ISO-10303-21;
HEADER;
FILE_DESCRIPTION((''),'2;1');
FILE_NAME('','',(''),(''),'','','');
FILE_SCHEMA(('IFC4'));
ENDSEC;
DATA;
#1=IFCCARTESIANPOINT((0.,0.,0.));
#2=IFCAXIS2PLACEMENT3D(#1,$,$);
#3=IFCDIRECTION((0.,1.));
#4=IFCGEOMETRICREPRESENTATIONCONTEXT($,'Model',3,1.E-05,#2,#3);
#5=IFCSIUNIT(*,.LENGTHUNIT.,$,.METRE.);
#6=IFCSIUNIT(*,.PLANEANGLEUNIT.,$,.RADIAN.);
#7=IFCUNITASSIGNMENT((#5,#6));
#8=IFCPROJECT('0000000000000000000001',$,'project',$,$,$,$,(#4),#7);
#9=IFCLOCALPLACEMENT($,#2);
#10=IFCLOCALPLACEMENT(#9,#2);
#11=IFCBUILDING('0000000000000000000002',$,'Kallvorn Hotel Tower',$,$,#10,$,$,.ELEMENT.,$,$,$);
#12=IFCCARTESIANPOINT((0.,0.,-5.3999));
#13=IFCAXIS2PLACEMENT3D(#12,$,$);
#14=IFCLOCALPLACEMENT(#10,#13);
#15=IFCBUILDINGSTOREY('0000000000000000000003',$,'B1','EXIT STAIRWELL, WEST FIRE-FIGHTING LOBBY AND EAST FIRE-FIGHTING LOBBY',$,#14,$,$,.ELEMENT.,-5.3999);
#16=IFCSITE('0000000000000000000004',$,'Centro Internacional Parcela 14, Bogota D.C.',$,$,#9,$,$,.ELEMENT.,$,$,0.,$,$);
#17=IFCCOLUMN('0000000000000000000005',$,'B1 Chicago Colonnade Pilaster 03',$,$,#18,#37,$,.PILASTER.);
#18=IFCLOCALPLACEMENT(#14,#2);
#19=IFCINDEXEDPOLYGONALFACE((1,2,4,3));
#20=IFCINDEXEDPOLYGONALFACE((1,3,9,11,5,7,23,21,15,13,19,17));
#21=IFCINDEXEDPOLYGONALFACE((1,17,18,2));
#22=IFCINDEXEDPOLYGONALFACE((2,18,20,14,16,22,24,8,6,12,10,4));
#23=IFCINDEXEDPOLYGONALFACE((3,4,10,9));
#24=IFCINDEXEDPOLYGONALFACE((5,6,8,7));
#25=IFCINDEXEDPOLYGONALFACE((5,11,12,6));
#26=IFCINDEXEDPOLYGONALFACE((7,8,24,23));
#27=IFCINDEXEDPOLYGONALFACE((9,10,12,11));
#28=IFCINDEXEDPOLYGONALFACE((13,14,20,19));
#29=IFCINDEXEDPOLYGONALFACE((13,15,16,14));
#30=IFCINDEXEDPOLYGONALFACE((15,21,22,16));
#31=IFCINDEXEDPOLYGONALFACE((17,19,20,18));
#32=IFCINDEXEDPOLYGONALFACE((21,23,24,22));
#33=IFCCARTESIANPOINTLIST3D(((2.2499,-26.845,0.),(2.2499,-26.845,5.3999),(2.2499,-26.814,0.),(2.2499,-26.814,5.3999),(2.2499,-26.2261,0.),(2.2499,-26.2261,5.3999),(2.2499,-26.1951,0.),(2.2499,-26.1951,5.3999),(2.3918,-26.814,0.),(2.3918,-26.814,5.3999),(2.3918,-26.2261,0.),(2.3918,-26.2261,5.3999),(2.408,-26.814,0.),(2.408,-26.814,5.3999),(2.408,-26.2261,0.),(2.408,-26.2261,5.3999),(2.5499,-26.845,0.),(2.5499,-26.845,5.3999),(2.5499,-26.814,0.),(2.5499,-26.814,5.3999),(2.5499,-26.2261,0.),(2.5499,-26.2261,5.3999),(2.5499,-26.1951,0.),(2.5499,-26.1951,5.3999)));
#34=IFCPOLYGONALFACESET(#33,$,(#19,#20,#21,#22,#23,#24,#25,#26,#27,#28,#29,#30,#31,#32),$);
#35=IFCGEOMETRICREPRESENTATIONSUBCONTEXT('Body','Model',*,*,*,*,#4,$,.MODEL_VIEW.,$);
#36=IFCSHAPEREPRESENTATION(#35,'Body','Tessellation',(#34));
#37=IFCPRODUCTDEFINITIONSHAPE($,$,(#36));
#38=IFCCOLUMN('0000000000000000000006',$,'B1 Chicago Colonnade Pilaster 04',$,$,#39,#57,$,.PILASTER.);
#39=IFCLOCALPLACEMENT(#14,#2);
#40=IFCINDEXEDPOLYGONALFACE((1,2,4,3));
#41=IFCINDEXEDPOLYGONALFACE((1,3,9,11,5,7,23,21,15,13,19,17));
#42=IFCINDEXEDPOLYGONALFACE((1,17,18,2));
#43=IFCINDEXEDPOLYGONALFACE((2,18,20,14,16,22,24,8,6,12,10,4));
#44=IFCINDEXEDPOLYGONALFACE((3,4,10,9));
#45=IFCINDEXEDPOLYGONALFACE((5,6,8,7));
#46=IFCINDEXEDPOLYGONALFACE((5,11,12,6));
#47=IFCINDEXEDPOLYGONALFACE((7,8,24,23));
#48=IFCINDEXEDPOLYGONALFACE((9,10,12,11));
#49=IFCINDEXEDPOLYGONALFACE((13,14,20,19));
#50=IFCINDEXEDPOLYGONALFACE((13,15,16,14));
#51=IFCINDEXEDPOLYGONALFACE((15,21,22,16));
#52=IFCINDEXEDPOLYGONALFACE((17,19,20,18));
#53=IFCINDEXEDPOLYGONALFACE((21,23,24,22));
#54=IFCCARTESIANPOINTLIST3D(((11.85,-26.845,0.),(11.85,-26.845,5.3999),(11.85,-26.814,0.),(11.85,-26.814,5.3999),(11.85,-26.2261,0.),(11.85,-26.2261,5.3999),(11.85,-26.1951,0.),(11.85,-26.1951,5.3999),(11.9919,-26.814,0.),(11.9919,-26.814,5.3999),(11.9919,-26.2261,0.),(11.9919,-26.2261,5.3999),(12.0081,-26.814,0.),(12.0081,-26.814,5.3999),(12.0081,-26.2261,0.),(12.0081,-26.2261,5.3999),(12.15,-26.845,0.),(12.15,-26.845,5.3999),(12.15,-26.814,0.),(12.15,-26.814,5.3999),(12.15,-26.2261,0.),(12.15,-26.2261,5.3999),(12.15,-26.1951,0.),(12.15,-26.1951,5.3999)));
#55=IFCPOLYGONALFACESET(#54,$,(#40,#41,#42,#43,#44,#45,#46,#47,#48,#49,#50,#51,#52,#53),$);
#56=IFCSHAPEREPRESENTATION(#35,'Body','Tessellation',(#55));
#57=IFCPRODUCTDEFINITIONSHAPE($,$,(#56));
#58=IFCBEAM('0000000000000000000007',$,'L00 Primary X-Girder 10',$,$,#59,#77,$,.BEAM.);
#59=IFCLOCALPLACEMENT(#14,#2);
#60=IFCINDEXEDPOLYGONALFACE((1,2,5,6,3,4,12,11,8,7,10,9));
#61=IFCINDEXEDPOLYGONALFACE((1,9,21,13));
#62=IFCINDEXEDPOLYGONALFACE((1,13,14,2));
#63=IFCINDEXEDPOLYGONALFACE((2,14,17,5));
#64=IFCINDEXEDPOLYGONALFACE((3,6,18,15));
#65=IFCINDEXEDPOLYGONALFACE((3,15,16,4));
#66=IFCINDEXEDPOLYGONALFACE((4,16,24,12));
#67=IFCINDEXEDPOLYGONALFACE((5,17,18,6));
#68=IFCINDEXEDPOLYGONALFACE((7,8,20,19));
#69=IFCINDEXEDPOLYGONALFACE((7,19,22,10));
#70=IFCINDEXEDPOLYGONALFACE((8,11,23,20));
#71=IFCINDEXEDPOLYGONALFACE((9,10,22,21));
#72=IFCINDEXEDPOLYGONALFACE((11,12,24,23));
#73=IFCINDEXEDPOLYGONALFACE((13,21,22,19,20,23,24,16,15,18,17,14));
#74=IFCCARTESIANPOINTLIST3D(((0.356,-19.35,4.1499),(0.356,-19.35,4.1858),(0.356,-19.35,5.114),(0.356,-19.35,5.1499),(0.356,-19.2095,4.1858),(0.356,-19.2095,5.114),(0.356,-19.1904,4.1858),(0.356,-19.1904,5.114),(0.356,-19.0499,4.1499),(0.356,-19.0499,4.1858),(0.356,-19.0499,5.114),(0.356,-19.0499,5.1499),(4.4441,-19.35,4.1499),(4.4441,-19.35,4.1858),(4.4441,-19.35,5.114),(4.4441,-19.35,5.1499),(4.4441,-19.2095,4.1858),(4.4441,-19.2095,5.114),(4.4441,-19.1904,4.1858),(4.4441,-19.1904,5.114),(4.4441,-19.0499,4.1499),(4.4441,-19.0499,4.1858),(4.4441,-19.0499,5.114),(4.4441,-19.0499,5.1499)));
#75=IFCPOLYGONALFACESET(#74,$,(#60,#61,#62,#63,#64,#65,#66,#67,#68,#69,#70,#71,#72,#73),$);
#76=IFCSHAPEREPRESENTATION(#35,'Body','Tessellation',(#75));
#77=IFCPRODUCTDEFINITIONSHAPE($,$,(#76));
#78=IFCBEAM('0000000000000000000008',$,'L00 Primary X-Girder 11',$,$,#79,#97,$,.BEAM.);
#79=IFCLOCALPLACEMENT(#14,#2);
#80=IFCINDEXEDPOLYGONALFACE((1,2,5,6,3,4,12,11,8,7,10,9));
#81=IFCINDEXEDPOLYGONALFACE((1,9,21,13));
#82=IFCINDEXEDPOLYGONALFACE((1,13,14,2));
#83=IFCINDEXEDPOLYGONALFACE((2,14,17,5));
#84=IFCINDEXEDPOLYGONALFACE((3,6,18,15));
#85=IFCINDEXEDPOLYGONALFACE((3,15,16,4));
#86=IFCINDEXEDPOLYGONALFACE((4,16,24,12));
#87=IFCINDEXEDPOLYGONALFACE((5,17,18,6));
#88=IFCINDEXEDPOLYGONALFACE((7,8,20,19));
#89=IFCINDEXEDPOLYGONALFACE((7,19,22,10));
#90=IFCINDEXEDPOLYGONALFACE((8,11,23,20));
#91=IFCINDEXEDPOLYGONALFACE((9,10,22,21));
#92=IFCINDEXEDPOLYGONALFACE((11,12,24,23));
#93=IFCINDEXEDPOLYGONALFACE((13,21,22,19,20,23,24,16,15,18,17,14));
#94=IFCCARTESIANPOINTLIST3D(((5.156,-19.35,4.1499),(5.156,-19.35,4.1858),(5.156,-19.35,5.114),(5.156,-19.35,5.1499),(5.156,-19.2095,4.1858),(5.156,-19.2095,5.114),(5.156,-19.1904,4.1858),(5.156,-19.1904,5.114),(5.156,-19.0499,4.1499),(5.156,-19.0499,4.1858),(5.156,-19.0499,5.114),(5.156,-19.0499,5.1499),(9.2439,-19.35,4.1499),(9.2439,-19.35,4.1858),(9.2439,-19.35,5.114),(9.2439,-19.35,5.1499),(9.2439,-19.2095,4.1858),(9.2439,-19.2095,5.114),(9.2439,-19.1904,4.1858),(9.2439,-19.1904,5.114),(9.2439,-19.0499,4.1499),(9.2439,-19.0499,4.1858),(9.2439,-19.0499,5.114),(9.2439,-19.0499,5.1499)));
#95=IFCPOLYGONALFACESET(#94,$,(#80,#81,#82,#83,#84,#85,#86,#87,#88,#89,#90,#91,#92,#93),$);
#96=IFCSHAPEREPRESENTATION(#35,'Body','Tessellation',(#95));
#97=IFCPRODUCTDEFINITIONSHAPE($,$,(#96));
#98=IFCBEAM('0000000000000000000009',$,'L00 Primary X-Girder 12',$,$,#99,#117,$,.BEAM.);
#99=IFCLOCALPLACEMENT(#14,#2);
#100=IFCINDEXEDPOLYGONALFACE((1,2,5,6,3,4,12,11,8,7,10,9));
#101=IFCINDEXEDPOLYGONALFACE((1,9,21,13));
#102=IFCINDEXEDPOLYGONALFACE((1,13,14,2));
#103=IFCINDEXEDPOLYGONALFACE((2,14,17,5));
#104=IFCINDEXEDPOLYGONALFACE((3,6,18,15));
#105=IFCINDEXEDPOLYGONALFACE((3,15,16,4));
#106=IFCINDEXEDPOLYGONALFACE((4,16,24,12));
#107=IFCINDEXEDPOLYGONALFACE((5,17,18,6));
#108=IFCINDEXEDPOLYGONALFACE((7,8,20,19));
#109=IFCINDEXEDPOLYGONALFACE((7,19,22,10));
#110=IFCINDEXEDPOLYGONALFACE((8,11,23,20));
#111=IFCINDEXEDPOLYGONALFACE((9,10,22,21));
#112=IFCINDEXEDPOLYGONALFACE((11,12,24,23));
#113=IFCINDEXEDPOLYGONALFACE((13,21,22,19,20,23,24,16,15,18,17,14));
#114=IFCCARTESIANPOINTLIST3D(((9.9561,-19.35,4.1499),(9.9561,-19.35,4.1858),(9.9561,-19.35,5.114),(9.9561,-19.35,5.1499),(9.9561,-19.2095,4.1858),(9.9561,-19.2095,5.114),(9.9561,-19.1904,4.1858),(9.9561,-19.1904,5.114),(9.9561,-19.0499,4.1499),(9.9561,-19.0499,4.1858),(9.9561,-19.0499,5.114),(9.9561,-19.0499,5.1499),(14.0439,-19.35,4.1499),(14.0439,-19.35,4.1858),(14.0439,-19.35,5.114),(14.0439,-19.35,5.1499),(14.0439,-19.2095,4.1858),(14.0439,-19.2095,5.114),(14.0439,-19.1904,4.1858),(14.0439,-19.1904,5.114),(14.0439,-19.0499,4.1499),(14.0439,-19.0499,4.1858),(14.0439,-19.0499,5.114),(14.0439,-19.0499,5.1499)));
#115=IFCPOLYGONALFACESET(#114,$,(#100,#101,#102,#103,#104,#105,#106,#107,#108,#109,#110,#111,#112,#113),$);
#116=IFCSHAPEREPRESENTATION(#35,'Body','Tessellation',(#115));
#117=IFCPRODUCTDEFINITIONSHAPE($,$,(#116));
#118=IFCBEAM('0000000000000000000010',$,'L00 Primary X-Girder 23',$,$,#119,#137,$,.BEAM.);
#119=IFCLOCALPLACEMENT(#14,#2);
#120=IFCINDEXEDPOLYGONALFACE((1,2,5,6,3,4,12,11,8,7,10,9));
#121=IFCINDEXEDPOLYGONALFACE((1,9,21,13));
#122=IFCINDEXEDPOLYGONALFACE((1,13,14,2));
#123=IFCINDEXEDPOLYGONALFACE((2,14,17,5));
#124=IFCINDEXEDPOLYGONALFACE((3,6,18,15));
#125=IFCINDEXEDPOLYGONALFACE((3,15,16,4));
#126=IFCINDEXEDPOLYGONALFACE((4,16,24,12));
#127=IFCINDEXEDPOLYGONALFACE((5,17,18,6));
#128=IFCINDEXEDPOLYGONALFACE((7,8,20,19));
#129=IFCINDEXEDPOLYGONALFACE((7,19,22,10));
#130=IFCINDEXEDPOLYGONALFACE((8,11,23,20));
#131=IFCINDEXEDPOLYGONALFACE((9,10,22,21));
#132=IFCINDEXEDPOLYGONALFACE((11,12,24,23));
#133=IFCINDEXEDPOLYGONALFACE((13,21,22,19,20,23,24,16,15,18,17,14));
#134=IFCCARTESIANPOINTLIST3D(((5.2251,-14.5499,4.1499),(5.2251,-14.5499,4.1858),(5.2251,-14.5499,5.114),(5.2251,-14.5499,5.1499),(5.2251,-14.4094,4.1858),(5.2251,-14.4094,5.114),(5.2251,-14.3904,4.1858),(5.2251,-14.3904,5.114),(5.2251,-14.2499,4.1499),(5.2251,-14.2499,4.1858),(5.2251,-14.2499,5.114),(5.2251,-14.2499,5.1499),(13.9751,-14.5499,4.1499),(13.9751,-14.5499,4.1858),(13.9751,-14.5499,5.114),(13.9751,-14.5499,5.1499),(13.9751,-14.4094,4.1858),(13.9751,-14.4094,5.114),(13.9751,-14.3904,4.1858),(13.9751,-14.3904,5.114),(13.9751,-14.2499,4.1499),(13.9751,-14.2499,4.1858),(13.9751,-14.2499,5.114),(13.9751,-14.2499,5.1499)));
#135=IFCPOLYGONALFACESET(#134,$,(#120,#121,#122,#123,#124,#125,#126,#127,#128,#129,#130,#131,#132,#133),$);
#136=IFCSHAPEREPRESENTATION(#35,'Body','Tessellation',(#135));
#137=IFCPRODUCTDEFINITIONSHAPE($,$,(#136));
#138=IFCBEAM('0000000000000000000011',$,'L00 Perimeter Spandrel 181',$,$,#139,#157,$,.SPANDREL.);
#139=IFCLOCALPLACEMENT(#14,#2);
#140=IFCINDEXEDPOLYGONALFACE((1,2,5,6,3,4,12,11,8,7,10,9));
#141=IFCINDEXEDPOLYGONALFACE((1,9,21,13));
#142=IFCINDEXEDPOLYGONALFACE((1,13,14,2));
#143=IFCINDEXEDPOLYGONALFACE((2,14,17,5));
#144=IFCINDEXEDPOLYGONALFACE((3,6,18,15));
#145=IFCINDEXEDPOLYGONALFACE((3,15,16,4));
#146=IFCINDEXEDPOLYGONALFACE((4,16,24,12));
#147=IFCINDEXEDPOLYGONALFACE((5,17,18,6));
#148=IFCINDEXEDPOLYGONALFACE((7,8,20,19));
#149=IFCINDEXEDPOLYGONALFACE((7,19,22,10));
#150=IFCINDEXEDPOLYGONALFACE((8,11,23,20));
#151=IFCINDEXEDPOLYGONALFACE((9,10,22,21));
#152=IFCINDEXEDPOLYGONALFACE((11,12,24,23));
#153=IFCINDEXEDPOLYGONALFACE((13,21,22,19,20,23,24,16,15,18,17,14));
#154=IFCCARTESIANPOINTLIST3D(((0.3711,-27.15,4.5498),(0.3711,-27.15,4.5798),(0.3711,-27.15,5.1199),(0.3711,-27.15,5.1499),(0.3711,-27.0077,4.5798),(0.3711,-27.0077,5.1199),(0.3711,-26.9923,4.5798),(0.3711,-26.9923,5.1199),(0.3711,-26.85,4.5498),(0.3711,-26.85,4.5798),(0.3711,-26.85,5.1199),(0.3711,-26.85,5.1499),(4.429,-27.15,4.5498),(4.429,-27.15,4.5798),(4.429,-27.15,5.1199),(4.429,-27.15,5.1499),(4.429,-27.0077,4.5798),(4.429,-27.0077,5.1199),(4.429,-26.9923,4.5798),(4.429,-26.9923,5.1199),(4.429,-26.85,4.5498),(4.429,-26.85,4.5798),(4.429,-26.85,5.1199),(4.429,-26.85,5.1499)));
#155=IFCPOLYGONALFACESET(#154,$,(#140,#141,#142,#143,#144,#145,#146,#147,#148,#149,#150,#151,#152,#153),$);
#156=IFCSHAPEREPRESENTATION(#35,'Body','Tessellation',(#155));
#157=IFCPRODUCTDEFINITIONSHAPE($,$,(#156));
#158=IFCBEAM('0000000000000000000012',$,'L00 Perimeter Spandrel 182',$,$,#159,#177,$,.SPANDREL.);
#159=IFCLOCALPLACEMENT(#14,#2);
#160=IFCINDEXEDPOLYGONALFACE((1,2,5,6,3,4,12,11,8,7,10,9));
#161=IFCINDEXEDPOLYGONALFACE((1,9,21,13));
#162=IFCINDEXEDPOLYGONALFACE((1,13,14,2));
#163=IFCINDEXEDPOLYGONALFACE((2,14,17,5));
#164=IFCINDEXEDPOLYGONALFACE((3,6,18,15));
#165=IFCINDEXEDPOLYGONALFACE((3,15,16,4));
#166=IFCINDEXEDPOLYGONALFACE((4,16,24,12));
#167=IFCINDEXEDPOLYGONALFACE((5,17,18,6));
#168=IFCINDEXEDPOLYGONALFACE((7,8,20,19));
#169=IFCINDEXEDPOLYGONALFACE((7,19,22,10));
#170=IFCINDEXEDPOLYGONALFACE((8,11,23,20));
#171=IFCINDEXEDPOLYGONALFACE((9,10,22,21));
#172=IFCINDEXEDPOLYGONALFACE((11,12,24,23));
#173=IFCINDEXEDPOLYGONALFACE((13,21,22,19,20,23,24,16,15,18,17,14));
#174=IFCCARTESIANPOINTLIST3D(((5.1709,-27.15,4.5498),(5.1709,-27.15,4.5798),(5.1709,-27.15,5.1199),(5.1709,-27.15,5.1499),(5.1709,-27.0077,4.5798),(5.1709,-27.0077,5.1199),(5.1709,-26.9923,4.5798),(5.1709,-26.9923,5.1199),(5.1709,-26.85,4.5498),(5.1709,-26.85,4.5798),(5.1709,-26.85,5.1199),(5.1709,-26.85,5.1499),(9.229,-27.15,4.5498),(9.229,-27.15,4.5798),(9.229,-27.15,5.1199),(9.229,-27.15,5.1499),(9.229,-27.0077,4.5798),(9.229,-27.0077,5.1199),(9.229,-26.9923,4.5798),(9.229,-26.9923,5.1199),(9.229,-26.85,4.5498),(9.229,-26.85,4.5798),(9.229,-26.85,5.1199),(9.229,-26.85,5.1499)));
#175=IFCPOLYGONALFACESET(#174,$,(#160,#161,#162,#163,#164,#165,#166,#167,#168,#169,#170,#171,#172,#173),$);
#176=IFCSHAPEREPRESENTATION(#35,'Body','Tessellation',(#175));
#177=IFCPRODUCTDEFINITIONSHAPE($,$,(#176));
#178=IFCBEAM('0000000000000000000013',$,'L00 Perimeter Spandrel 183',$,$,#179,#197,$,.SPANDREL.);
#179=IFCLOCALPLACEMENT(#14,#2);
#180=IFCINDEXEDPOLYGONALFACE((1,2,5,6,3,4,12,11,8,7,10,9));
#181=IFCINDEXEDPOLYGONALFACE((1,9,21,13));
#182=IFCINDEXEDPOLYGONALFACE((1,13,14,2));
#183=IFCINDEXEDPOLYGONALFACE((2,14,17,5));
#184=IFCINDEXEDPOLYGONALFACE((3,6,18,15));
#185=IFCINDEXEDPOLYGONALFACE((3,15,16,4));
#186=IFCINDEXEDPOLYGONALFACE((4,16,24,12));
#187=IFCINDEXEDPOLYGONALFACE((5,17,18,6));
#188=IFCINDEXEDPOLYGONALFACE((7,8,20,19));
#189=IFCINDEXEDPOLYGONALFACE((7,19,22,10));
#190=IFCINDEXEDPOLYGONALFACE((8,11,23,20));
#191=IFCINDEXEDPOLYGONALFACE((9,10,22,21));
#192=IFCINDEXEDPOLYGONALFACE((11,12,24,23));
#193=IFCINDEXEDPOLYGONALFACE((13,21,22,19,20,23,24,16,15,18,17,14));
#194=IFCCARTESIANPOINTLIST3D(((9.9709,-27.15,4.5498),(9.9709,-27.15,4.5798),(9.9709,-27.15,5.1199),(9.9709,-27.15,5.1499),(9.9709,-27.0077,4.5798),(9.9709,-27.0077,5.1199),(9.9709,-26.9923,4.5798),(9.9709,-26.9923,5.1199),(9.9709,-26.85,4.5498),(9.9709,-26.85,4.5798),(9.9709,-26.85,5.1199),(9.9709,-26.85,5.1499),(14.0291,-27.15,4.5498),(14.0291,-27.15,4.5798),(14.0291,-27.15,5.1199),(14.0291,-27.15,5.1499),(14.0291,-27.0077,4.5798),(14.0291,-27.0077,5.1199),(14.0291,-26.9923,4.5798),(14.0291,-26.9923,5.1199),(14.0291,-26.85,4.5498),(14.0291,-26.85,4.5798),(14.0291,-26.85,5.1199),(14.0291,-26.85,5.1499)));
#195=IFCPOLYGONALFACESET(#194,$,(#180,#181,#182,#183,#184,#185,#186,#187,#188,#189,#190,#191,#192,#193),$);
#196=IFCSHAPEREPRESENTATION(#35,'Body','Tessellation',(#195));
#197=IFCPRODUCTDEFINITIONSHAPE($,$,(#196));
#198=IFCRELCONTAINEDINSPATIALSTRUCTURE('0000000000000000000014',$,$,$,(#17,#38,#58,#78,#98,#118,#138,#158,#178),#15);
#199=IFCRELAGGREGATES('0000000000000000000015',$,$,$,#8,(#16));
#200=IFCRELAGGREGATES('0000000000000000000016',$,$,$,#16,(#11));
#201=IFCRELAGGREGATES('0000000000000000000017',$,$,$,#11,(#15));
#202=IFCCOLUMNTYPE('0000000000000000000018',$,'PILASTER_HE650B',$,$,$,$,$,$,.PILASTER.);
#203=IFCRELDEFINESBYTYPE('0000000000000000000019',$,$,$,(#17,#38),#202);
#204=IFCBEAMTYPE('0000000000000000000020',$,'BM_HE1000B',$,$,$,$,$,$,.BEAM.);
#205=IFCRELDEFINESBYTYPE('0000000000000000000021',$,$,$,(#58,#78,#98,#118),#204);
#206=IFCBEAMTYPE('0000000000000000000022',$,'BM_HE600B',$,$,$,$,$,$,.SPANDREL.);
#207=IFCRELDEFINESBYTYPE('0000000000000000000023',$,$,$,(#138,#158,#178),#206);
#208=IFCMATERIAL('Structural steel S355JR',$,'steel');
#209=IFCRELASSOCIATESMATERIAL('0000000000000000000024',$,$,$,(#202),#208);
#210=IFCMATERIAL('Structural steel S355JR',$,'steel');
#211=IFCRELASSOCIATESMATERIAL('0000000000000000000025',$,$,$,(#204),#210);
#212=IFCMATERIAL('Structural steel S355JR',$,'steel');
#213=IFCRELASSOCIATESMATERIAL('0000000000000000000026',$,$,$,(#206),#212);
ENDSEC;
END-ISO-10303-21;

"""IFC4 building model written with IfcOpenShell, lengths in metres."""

from ifc_helpers import new_model, si_unit, direction, frame, origin, origin_2d, place, context, subcontext, project, spatial, i_section, extrude, material, material_profile, profile_set, type_object, element, save


model = new_model("IFC4")

# Units and contexts
model_context = context("Model", 3, precision=1e-05, world=origin(), true_north=direction((0.0, 1.0)))
body_context = subcontext(model_context, "Body", "Model", "MODEL_VIEW")
ifc_project = project(units=[si_unit("LENGTHUNIT", "METRE"), si_unit("PLANEANGLEUNIT", "RADIAN")], contexts=[model_context])

# Site, building, storey
site_placement = place(None, origin())
site = spatial("IfcSite", under=ifc_project, at=site_placement, Name="Centro Internacional Parcela 14, Bogota D.C.", CompositionType="ELEMENT", RefElevation=0.0)
building_placement = place(site_placement, origin())
building = spatial("IfcBuilding", under=site, at=building_placement, Name="Kallvorn Hotel Tower", CompositionType="ELEMENT")
storey_placement = place(building_placement, frame((0.0, 0.0, -5.3999)))
storey = spatial("IfcBuildingStorey", under=building, at=storey_placement, Name="B1", Description="EXIT STAIRWELL, WEST FIRE-FIGHTING LOBBY AND EAST FIRE-FIGHTING LOBBY", CompositionType="ELEMENT", Elevation=-5.3999)

# Columns
ifc_material_1 = material(Name="Structural steel S355JR", Category="steel")
ifc_material_profile_1 = material_profile(ifc_material_1, i_section(OverallWidth=0.3, OverallDepth=0.6499, WebThickness=0.0161, FlangeThickness=0.031, at=origin_2d()), Name="HE 650 B")
ifc_profile_set_1 = profile_set([ifc_material_profile_1], Name="Structural steel S355JR")
column_type_1 = type_object("IfcColumnType", Name="PILASTER_HE650B", PredefinedType="PILASTER", material=ifc_profile_set_1)
for number, where, z_axis, x_axis, name in (
    (1, (2.3999, -26.52, 0.0), (0.0, 0.0, 1.0), (1.0, 0.0, 0.0), "B1 Chicago Colonnade Pilaster 03"),
    (2, (12.0, -26.52, 0.0), (0.0, 0.0, 1.0), (1.0, 0.0, 0.0), "B1 Chicago Colonnade Pilaster 04"),
):
    element("IfcColumn", number, at=place(storey_placement, frame(where, z_axis=z_axis, x_axis=x_axis)), inside=storey, type_object=column_type_1, Name=name, PredefinedType="PILASTER", context=body_context, shape_type="SweptSolid", body=[
        extrude(i_section(OverallWidth=0.3, OverallDepth=0.6499, WebThickness=0.0161, FlangeThickness=0.031, at=origin_2d()), origin(), (0.0, 0.0, 1.0), 5.3999),
    ])

# Beams
ifc_material_2 = material(Name="Structural steel S355JR", Category="steel")
ifc_material_profile_2 = material_profile(ifc_material_2, i_section(OverallWidth=0.3, OverallDepth=1.0, WebThickness=0.019, FlangeThickness=0.0359, at=origin_2d()), Name="HE 1000 B")
ifc_profile_set_2 = profile_set([ifc_material_profile_2], Name="Structural steel S355JR")
beam_type_1 = type_object("IfcBeamType", Name="BM_HE1000B", PredefinedType="BEAM", material=ifc_profile_set_2)
beam_1_placement = place(storey_placement, frame((0.356, -19.2, 4.6499), z_axis=(1.0, 0.0, 0.0), x_axis=(0.0, 1.0, 0.0)))
element("IfcBeam", 3, at=beam_1_placement, inside=storey, type_object=beam_type_1, Name="L00 Primary X-Girder 10", PredefinedType="BEAM", context=body_context, shape_type="SweptSolid", body=[
    extrude(i_section(OverallWidth=0.3, OverallDepth=1.0, WebThickness=0.019, FlangeThickness=0.0359, at=origin_2d()), origin(), (0.0, 0.0, 1.0), 4.0881),
])
for number, where, z_axis, x_axis, name in (
    (4, (5.156, -19.2, 4.6499), (1.0, 0.0, 0.0), (0.0, 1.0, 0.0), "L00 Primary X-Girder 11"),
    (5, (9.9561, -19.2, 4.6499), (1.0, 0.0, 0.0), (0.0, 1.0, 0.0), "L00 Primary X-Girder 12"),
):
    element("IfcBeam", number, at=place(storey_placement, frame(where, z_axis=z_axis, x_axis=x_axis)), inside=storey, type_object=beam_type_1, Name=name, PredefinedType="BEAM", context=body_context, shape_type="SweptSolid", body=[
        extrude(i_section(OverallWidth=0.3, OverallDepth=1.0, WebThickness=0.019, FlangeThickness=0.0359, at=origin_2d()), origin(), (0.0, 0.0, 1.0), 4.0879),
    ])
beam_2_placement = place(storey_placement, frame((5.2251, -14.3999, 4.6499), z_axis=(1.0, 0.0, 0.0), x_axis=(0.0, 1.0, 0.0)))
element("IfcBeam", 6, at=beam_2_placement, inside=storey, type_object=beam_type_1, Name="L00 Primary X-Girder 23", PredefinedType="BEAM", context=body_context, shape_type="SweptSolid", body=[
    extrude(i_section(OverallWidth=0.3, OverallDepth=1.0, WebThickness=0.019, FlangeThickness=0.0359, at=origin_2d()), origin(), (0.0, 0.0, 1.0), 8.75),
])
ifc_material_3 = material(Name="Structural steel S355JR", Category="steel")
ifc_material_profile_3 = material_profile(ifc_material_3, i_section(OverallWidth=0.3, OverallDepth=0.6001, WebThickness=0.0154, FlangeThickness=0.03, at=origin_2d()), Name="HE 600 B")
ifc_profile_set_3 = profile_set([ifc_material_profile_3], Name="Structural steel S355JR")
beam_type_2 = type_object("IfcBeamType", Name="BM_HE600B", PredefinedType="SPANDREL", material=ifc_profile_set_3)
beam_3_placement = place(storey_placement, frame((0.3711, -27.0, 4.8499), z_axis=(1.0, 0.0, 0.0), x_axis=(0.0, 1.0, 0.0)))
element("IfcBeam", 7, at=beam_3_placement, inside=storey, type_object=beam_type_2, Name="L00 Perimeter Spandrel 181", PredefinedType="SPANDREL", context=body_context, shape_type="SweptSolid", body=[
    extrude(i_section(OverallWidth=0.3, OverallDepth=0.6001, WebThickness=0.0154, FlangeThickness=0.03, at=origin_2d()), origin(), (0.0, 0.0, 1.0), 4.0579),
])
for number, where, z_axis, x_axis, name in (
    (8, (5.1709, -27.0, 4.8499), (1.0, 0.0, 0.0), (0.0, 1.0, 0.0), "L00 Perimeter Spandrel 182"),
    (9, (9.9709, -27.0, 4.8499), (1.0, 0.0, 0.0), (0.0, 1.0, 0.0), "L00 Perimeter Spandrel 183"),
):
    element("IfcBeam", number, at=place(storey_placement, frame(where, z_axis=z_axis, x_axis=x_axis)), inside=storey, type_object=beam_type_2, Name=name, PredefinedType="SPANDREL", context=body_context, shape_type="SweptSolid", body=[
        extrude(i_section(OverallWidth=0.3, OverallDepth=0.6001, WebThickness=0.0154, FlangeThickness=0.03, at=origin_2d()), origin(), (0.0, 0.0, 1.0), 4.0581),
    ])

save(model, "model.ifc")
